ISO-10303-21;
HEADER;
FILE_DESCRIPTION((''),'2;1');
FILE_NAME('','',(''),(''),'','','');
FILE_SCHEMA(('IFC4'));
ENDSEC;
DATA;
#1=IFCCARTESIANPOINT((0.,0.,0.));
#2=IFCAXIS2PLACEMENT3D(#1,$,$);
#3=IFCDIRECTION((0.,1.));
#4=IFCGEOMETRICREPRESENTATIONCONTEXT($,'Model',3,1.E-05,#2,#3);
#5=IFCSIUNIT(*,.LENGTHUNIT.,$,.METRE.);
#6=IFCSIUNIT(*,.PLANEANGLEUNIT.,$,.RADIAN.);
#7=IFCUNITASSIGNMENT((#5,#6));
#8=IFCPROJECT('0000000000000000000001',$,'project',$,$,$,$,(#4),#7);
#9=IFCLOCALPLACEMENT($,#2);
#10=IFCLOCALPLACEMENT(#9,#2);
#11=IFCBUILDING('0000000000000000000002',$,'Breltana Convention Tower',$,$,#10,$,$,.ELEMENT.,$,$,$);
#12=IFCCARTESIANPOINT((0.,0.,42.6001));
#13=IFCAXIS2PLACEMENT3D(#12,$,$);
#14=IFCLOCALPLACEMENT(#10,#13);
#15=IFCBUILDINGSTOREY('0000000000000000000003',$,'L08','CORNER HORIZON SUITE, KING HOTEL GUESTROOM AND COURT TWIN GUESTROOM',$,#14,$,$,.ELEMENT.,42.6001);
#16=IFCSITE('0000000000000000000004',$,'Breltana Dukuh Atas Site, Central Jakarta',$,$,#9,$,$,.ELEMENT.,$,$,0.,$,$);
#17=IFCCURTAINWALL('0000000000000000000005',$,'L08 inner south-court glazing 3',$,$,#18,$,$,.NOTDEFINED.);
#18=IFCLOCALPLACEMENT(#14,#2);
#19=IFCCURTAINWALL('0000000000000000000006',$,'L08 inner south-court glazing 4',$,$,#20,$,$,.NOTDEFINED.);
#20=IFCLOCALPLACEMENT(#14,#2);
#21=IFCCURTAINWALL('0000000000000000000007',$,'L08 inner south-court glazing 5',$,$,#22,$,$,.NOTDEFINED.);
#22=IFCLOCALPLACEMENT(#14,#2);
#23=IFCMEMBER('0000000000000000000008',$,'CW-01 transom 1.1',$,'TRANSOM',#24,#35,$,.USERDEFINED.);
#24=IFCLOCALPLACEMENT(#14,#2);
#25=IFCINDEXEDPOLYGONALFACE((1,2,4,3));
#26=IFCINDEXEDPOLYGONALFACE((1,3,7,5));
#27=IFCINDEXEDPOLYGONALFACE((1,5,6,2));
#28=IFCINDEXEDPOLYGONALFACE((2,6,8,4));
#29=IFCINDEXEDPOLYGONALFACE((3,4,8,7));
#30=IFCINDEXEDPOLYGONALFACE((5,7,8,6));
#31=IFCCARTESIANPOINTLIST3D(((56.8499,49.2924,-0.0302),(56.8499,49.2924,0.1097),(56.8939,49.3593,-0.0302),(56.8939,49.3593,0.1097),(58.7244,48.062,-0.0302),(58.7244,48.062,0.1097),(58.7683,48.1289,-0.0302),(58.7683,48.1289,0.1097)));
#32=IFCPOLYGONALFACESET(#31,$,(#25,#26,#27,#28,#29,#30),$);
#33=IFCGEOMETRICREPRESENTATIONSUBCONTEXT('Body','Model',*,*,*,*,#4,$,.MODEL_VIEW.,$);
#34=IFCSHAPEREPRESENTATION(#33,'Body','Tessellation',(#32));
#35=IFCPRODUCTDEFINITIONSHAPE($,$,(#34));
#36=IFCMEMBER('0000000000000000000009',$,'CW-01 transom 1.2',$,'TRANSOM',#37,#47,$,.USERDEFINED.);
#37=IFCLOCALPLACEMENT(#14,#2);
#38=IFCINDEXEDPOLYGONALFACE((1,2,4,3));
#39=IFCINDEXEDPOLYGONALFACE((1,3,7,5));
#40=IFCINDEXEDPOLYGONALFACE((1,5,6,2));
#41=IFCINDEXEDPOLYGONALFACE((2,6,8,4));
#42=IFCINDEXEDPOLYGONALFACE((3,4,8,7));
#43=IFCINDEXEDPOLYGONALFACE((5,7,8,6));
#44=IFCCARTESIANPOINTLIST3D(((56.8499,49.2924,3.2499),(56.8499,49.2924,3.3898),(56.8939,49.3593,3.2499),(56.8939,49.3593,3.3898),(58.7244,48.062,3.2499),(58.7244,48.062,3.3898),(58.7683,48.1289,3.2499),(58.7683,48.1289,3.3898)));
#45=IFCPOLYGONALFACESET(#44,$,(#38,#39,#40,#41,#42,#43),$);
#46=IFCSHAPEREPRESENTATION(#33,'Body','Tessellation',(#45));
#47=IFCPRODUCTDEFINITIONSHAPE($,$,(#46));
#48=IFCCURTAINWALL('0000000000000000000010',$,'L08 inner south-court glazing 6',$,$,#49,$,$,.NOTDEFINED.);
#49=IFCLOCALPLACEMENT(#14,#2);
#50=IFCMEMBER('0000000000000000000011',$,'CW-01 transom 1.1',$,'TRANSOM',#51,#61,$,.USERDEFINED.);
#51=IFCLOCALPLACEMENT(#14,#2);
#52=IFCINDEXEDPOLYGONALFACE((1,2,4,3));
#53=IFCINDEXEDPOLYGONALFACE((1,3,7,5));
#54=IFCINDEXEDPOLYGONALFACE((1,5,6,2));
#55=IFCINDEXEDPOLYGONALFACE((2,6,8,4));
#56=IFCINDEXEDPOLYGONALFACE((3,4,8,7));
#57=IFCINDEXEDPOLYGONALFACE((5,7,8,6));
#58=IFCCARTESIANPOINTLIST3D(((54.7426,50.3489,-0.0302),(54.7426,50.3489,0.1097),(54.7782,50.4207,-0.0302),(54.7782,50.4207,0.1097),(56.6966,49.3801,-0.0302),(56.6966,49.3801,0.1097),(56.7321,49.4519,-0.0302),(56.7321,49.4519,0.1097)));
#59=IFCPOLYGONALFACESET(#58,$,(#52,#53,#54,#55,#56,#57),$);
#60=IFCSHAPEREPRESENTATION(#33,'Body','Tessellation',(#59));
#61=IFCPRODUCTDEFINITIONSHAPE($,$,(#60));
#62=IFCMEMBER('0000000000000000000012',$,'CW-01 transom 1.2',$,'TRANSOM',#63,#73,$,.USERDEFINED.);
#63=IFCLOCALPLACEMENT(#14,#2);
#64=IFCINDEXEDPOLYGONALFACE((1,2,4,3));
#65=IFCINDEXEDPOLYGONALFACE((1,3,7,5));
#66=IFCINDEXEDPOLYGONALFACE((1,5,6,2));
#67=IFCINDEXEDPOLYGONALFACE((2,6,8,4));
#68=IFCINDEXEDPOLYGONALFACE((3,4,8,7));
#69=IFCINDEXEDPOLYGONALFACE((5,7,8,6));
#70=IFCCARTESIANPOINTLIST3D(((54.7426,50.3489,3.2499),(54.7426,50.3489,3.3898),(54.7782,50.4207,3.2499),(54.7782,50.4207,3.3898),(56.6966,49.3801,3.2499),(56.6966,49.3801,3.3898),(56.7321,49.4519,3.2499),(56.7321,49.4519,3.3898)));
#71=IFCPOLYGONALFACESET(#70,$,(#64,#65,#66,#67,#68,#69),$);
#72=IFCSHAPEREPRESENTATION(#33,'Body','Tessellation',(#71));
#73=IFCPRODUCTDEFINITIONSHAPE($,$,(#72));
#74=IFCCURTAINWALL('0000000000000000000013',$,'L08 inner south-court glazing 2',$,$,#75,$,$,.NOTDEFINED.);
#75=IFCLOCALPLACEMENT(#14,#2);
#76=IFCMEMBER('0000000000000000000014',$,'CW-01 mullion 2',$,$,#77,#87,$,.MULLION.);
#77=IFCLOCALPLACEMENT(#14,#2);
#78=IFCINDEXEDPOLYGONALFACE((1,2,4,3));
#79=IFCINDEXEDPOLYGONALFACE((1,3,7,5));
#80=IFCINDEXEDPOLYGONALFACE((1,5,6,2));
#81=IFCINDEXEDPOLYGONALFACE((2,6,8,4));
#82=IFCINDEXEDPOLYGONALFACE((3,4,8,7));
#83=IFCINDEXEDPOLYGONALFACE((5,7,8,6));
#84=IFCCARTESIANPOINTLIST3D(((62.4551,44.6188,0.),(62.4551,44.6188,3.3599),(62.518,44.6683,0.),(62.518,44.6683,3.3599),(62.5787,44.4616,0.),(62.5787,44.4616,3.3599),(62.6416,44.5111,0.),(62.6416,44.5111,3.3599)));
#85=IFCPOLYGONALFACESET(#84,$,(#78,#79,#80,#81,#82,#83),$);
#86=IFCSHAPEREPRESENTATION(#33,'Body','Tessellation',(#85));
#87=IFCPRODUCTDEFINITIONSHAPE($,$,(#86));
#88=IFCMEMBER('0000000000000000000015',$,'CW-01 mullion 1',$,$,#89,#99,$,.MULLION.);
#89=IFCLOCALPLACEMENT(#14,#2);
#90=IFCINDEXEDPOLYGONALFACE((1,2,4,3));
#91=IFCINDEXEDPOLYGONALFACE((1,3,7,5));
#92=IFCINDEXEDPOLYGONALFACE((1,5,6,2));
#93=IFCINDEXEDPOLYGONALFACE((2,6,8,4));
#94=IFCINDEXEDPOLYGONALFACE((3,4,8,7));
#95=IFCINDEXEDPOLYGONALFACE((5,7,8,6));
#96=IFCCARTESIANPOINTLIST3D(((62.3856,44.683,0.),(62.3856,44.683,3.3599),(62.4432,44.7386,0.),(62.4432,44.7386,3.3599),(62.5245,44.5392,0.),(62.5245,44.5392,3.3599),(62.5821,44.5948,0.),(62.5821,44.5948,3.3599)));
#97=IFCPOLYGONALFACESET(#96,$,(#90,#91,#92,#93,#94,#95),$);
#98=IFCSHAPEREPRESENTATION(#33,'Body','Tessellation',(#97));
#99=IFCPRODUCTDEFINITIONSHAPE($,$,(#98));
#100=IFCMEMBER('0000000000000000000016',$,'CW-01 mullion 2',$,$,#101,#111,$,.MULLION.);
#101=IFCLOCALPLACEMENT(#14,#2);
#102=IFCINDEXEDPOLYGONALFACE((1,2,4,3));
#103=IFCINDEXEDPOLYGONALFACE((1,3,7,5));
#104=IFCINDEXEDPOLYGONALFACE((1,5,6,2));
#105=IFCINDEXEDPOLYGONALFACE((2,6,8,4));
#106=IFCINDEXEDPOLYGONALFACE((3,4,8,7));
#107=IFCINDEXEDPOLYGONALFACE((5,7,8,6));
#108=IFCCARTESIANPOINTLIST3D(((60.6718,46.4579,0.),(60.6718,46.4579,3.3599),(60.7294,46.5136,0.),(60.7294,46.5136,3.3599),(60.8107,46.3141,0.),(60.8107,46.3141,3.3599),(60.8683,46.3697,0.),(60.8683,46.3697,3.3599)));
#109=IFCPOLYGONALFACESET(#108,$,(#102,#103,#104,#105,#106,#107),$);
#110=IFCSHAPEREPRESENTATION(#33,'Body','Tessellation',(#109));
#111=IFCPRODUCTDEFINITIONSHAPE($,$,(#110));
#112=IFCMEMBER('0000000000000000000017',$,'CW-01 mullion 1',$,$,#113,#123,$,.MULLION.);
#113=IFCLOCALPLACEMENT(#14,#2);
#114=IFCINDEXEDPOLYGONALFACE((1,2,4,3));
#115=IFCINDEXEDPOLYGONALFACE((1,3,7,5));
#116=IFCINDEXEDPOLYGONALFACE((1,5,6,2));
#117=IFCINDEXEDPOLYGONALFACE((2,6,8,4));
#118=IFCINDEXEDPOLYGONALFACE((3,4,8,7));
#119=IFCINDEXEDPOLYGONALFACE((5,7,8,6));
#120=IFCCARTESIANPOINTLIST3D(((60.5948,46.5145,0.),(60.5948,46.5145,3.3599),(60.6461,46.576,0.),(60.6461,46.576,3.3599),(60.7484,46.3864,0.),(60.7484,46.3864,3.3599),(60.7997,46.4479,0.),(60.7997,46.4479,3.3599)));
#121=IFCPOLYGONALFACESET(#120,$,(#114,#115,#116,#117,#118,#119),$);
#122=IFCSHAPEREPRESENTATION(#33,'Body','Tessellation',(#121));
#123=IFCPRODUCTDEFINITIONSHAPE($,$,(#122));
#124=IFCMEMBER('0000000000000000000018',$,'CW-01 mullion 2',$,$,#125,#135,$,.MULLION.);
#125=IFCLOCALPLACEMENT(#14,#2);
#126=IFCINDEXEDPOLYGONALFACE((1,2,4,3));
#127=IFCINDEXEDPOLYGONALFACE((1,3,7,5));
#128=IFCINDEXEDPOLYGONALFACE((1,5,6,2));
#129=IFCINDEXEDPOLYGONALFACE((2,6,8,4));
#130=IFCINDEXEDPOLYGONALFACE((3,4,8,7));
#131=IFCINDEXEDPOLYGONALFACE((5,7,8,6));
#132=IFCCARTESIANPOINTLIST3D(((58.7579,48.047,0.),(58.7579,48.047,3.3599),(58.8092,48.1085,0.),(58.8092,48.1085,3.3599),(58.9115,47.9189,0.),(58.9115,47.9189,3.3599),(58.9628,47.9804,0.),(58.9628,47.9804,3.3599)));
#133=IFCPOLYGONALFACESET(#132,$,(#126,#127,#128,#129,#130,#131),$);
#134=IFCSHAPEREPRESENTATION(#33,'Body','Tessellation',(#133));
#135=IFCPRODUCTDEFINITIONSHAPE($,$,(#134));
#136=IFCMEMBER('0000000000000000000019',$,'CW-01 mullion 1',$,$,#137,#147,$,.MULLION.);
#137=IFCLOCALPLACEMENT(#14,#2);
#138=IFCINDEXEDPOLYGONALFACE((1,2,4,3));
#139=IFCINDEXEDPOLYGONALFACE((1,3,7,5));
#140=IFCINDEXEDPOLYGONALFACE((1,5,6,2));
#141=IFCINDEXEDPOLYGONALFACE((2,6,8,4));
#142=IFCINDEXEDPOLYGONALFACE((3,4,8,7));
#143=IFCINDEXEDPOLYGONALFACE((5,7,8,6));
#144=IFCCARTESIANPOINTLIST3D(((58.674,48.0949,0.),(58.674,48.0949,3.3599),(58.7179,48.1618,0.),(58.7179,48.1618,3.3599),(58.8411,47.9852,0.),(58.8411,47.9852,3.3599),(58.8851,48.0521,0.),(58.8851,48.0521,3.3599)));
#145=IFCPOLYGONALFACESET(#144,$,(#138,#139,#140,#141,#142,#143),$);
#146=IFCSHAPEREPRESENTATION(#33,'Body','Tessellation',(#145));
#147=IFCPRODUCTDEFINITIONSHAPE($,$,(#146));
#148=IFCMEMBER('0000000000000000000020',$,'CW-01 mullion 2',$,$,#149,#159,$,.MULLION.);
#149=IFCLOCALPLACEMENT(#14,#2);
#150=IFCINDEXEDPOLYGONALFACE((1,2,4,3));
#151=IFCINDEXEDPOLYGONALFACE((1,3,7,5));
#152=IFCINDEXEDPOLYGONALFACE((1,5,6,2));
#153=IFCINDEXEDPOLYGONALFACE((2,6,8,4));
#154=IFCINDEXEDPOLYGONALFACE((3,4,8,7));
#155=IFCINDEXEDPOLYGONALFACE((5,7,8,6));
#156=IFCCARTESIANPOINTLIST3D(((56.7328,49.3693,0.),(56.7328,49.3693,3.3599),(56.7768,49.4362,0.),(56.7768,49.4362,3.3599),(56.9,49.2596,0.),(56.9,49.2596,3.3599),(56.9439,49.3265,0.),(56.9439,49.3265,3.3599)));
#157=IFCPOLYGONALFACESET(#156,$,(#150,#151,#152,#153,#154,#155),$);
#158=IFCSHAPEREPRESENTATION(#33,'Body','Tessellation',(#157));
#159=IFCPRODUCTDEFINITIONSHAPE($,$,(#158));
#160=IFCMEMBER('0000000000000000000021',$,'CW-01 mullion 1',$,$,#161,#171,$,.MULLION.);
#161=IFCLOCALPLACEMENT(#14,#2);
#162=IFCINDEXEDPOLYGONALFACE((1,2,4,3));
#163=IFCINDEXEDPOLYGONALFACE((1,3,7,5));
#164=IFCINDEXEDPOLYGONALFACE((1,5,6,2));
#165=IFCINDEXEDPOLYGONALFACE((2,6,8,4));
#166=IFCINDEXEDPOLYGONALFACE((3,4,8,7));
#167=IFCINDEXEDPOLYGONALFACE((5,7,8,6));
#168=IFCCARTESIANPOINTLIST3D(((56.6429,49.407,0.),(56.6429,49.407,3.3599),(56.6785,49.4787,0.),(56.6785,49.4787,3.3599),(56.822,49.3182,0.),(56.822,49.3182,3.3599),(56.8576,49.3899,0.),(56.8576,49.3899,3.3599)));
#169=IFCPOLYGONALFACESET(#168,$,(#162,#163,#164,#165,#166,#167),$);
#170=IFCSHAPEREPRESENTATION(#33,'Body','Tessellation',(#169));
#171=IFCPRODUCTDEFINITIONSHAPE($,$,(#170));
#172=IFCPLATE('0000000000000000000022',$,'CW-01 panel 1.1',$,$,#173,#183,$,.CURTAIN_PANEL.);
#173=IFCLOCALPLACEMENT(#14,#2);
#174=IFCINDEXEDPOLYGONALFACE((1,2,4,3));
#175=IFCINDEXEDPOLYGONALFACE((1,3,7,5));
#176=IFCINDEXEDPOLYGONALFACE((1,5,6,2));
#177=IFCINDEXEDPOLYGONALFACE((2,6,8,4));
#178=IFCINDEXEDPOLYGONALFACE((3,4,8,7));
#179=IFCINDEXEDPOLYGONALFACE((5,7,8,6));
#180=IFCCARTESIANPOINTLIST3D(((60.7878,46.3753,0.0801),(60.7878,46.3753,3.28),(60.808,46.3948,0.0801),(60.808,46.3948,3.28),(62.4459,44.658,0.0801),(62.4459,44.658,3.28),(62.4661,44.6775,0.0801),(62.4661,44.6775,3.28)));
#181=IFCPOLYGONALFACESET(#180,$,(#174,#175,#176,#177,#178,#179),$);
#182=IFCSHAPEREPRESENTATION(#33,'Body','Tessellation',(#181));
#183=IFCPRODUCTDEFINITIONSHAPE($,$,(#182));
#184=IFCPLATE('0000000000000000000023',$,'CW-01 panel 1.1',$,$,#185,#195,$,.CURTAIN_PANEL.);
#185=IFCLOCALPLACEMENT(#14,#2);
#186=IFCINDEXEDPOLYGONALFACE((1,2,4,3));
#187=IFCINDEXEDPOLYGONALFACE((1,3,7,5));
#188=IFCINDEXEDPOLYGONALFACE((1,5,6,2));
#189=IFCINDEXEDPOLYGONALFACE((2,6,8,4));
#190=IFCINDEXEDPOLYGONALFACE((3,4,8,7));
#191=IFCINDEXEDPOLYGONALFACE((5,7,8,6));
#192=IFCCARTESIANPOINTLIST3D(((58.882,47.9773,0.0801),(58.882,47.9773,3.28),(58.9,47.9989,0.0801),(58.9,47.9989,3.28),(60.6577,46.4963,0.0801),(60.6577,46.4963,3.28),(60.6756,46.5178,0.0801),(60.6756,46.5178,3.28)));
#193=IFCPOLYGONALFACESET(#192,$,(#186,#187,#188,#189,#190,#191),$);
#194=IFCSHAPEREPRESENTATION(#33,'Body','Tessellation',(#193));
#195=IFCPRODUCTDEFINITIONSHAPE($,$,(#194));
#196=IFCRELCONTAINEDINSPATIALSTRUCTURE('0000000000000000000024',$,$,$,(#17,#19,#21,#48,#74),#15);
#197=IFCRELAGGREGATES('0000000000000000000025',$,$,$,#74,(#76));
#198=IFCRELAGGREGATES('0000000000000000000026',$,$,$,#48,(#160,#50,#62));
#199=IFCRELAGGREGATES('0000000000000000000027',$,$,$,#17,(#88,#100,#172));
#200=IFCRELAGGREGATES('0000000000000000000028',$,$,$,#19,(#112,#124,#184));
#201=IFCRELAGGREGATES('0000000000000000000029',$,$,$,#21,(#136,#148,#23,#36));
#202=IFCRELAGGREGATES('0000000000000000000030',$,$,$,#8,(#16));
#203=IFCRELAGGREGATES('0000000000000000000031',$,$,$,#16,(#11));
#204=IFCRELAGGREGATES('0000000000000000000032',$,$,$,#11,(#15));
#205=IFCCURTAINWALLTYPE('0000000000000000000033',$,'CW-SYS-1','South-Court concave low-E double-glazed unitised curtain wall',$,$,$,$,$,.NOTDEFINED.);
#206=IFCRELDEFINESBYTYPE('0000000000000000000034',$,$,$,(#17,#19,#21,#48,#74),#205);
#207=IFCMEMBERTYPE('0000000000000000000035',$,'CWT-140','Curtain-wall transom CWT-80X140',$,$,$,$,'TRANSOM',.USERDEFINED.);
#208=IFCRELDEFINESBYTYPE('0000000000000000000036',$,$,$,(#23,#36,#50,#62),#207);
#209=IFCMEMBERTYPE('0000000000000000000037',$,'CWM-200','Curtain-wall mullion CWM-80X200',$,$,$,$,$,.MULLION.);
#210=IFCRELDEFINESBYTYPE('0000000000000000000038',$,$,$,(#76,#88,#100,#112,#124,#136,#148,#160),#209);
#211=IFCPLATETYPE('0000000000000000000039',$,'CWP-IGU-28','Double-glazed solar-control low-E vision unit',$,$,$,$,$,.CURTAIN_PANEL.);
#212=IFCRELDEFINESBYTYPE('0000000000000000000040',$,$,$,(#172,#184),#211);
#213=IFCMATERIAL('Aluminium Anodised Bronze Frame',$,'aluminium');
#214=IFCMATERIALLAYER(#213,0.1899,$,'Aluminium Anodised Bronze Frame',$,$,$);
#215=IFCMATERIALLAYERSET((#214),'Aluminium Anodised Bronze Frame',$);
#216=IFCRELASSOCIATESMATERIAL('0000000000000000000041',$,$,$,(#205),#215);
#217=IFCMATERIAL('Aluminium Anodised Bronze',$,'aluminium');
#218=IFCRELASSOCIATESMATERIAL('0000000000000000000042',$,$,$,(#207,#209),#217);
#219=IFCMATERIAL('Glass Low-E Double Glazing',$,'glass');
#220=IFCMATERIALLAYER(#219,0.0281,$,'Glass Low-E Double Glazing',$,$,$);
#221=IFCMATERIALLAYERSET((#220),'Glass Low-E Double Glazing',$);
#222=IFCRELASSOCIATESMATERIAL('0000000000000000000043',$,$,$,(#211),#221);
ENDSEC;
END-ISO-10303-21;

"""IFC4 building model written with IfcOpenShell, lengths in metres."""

from ifc_helpers import new_model, si_unit, direction, frame, origin, origin_2d, place, context, subcontext, project, spatial, rectangle, extrude, source, transform, mapped, material, layer, layer_set, material_profile, profile_set, type_object, element, aggregate, save


model = new_model("IFC4")

# Units and contexts
model_context = context("Model", 3, precision=1e-05, world=origin(), true_north=direction((0.0, 1.0)))
body_context = subcontext(model_context, "Body", "Model", "MODEL_VIEW")
ifc_project = project(units=[si_unit("LENGTHUNIT", "METRE"), si_unit("PLANEANGLEUNIT", "RADIAN")], contexts=[model_context])

# Site, building, storey
site_placement = place(None, origin())
site = spatial("IfcSite", under=ifc_project, at=site_placement, Name="Breltana Dukuh Atas Site, Central Jakarta", CompositionType="ELEMENT", RefElevation=0.0)
building_placement = place(site_placement, origin())
building = spatial("IfcBuilding", under=site, at=building_placement, Name="Breltana Convention Tower", CompositionType="ELEMENT")
storey_placement = place(building_placement, frame((0.0, 0.0, 42.6001)))
storey = spatial("IfcBuildingStorey", under=building, at=storey_placement, Name="L08", Description="CORNER HORIZON SUITE, KING HOTEL GUESTROOM AND COURT TWIN GUESTROOM", CompositionType="ELEMENT", Elevation=42.6001)

# Curtain walls, members
ifc_material_1 = material(Name="Aluminium Anodised Bronze Frame", Category="aluminium")
ifc_layer_1 = layer(ifc_material_1, 0.1899, Name="Aluminium Anodised Bronze Frame")
ifc_layer_set_1 = layer_set([ifc_layer_1], Name="Aluminium Anodised Bronze Frame")
curtain_wall_type = type_object("IfcCurtainWallType", Name="CW-SYS-1", Description="South-Court concave low-E double-glazed unitised curtain wall", PredefinedType="NOTDEFINED", material=ifc_layer_set_1)
curtain_wall_1_placement = place(storey_placement, origin())
curtain_wall_1 = element("IfcCurtainWall", 1, at=curtain_wall_1_placement, inside=storey, type_object=curtain_wall_type, Name="L08 inner south-court glazing 3", PredefinedType="NOTDEFINED")
ifc_material_2 = material(Name="Aluminium Anodised Bronze", Category="aluminium")
ifc_material_profile_1 = material_profile(ifc_material_2, rectangle(XDim=0.0801, YDim=0.1399, at=origin_2d()), Name="CWT-80X140")
ifc_profile_set_1 = profile_set([ifc_material_profile_1], Name="Aluminium Anodised Bronze")
member_type_1 = type_object("IfcMemberType", Name="CWT-140", Description="Curtain-wall transom CWT-80X140", ElementType="TRANSOM", PredefinedType="USERDEFINED", material=ifc_profile_set_1)
curtain_wall_2_placement = place(storey_placement, origin())
curtain_wall_2 = element("IfcCurtainWall", 2, at=curtain_wall_2_placement, inside=storey, type_object=curtain_wall_type, Name="L08 inner south-court glazing 4", PredefinedType="NOTDEFINED")
curtain_wall_3_placement = place(storey_placement, origin())
curtain_wall_3 = element("IfcCurtainWall", 3, at=curtain_wall_3_placement, inside=storey, type_object=curtain_wall_type, Name="L08 inner south-court glazing 5", PredefinedType="NOTDEFINED")
shared_shape_1 = source(origin(), body_context, "Body", "SweptSolid", [
    extrude(rectangle(XDim=0.0801, YDim=0.1399, at=origin_2d()), origin(), (0.0, 0.0, 1.0), 2.2422),
])
member_1_placement = place(storey_placement, frame((58.7463, 48.0955, 0.0398), z_axis=(-0.835982, 0.548756, 0.0), x_axis=(-0.548756, -0.835982, 0.0)))
member_1 = element("IfcMember", 4, at=member_1_placement, type_object=member_type_1, Name="CW-01 transom 1.1", ObjectType="TRANSOM", PredefinedType="USERDEFINED", context=body_context, shape_type="MappedRepresentation", body=[
    mapped(shared_shape_1, transform((0.0, 0.0, 0.0), scale=1.0)),
])
member_2_placement = place(storey_placement, frame((58.7463, 48.0955, 3.3198), z_axis=(-0.835982, 0.548756, 0.0), x_axis=(-0.548756, -0.835982, 0.0)))
member_2 = element("IfcMember", 5, at=member_2_placement, type_object=member_type_1, Name="CW-01 transom 1.2", ObjectType="TRANSOM", PredefinedType="USERDEFINED", context=body_context, shape_type="MappedRepresentation", body=[
    mapped(shared_shape_1, transform((0.0, 0.0, 0.0), scale=1.0)),
])
curtain_wall_4_placement = place(storey_placement, origin())
curtain_wall_4 = element("IfcCurtainWall", 6, at=curtain_wall_4_placement, inside=storey, type_object=curtain_wall_type, Name="L08 inner south-court glazing 6", PredefinedType="NOTDEFINED")
shared_shape_2 = source(origin(), body_context, "Body", "SweptSolid", [
    extrude(rectangle(XDim=0.0801, YDim=0.1399, at=origin_2d()), origin(), (0.0, 0.0, 1.0), 2.1809),
])
member_3_placement = place(storey_placement, frame((56.7144, 49.416, 0.0398), z_axis=(-0.895922, 0.444211, 0.0), x_axis=(-0.444211, -0.895922, 0.0)))
member_3 = element("IfcMember", 7, at=member_3_placement, type_object=member_type_1, Name="CW-01 transom 1.1", ObjectType="TRANSOM", PredefinedType="USERDEFINED", context=body_context, shape_type="MappedRepresentation", body=[
    mapped(shared_shape_2, transform((0.0, 0.0, 0.0), scale=1.0)),
])
member_4_placement = place(storey_placement, frame((56.7144, 49.416, 3.3198), z_axis=(-0.895922, 0.444211, 0.0), x_axis=(-0.444211, -0.895922, 0.0)))
member_4 = element("IfcMember", 8, at=member_4_placement, type_object=member_type_1, Name="CW-01 transom 1.2", ObjectType="TRANSOM", PredefinedType="USERDEFINED", context=body_context, shape_type="MappedRepresentation", body=[
    mapped(shared_shape_2, transform((0.0, 0.0, 0.0), scale=1.0)),
])

# Curtain wall, member
curtain_wall_5_placement = place(storey_placement, origin())
curtain_wall_5 = element("IfcCurtainWall", 9, at=curtain_wall_5_placement, inside=storey, type_object=curtain_wall_type, Name="L08 inner south-court glazing 2", PredefinedType="NOTDEFINED")
ifc_material_profile_2 = material_profile(ifc_material_2, rectangle(XDim=0.0801, YDim=0.2, at=origin_2d()), Name="CWM-80X200")
ifc_profile_set_2 = profile_set([ifc_material_profile_2], Name="Aluminium Anodised Bronze")
member_type_2 = type_object("IfcMemberType", Name="CWM-200", Description="Curtain-wall mullion CWM-80X200", PredefinedType="MULLION", material=ifc_profile_set_2)
shared_shape_3 = source(origin(), body_context, "Body", "SweptSolid", [
    extrude(rectangle(XDim=0.0801, YDim=0.2, at=origin_2d()), origin(), (0.0, 0.0, 1.0), 3.3599),
])
member_5_placement = place(storey_placement, frame((62.5483, 44.5649, 0.0), z_axis=(0.0, 0.0, 1.0), x_axis=(-0.786058, -0.618153, 0.0)))
member_5 = element("IfcMember", 10, at=member_5_placement, type_object=member_type_2, Name="CW-01 mullion 2", PredefinedType="MULLION", context=body_context, shape_type="MappedRepresentation", body=[
    mapped(shared_shape_3, transform((0.0, 0.0, 0.0), scale=1.0)),
])
aggregate(curtain_wall_5, [member_5])

# Members
member_6_placement = place(storey_placement, frame((62.4839, 44.6389, 0.0), z_axis=(0.0, 0.0, 1.0), x_axis=(-0.719385, -0.694612, 0.0)))
member_6 = element("IfcMember", 11, at=member_6_placement, type_object=member_type_2, Name="CW-01 mullion 1", PredefinedType="MULLION", context=body_context, shape_type="MappedRepresentation", body=[
    mapped(shared_shape_3, transform((0.0, 0.0, 0.0), scale=1.0)),
])
member_7_placement = place(storey_placement, frame((60.77, 46.4138, 0.0), z_axis=(0.0, 0.0, 1.0), x_axis=(-0.719385, -0.694612, 0.0)))
member_7 = element("IfcMember", 12, at=member_7_placement, type_object=member_type_2, Name="CW-01 mullion 2", PredefinedType="MULLION", context=body_context, shape_type="MappedRepresentation", body=[
    mapped(shared_shape_3, transform((0.0, 0.0, 0.0), scale=1.0)),
])
member_8_placement = place(storey_placement, frame((60.6973, 46.4812, 0.0), z_axis=(0.0, 0.0, 1.0), x_axis=(-0.640523, -0.767939, 0.0)))
member_8 = element("IfcMember", 13, at=member_8_placement, type_object=member_type_2, Name="CW-01 mullion 1", PredefinedType="MULLION", context=body_context, shape_type="MappedRepresentation", body=[
    mapped(shared_shape_3, transform((0.0, 0.0, 0.0), scale=1.0)),
])
member_9_placement = place(storey_placement, frame((58.8604, 48.0137, 0.0), z_axis=(0.0, 0.0, 1.0), x_axis=(-0.640523, -0.767939, 0.0)))
member_9 = element("IfcMember", 14, at=member_9_placement, type_object=member_type_2, Name="CW-01 mullion 2", PredefinedType="MULLION", context=body_context, shape_type="MappedRepresentation", body=[
    mapped(shared_shape_3, transform((0.0, 0.0, 0.0), scale=1.0)),
])
member_10_placement = place(storey_placement, frame((58.7795, 48.0735, 0.0), z_axis=(0.0, 0.0, 1.0), x_axis=(-0.548778, -0.835968, 0.0)))
member_10 = element("IfcMember", 15, at=member_10_placement, type_object=member_type_2, Name="CW-01 mullion 1", PredefinedType="MULLION", context=body_context, shape_type="MappedRepresentation", body=[
    mapped(shared_shape_3, transform((0.0, 0.0, 0.0), scale=1.0)),
])
member_11_placement = place(storey_placement, frame((56.8384, 49.3479, 0.0), z_axis=(0.0, 0.0, 1.0), x_axis=(-0.548778, -0.835968, 0.0)))
member_11 = element("IfcMember", 16, at=member_11_placement, type_object=member_type_2, Name="CW-01 mullion 2", PredefinedType="MULLION", context=body_context, shape_type="MappedRepresentation", body=[
    mapped(shared_shape_3, transform((0.0, 0.0, 0.0), scale=1.0)),
])
member_12_placement = place(storey_placement, frame((56.7502, 49.3984, 0.0), z_axis=(0.0, 0.0, 1.0), x_axis=(-0.444118, -0.895968, 0.0)))
member_12 = element("IfcMember", 17, at=member_12_placement, type_object=member_type_2, Name="CW-01 mullion 1", PredefinedType="MULLION", context=body_context, shape_type="MappedRepresentation", body=[
    mapped(shared_shape_3, transform((0.0, 0.0, 0.0), scale=1.0)),
])
aggregate(curtain_wall_4, [member_12, member_3, member_4])

# Plates
ifc_material_3 = material(Name="Glass Low-E Double Glazing", Category="glass")
ifc_layer_2 = layer(ifc_material_3, 0.0281, Name="Glass Low-E Double Glazing")
ifc_layer_set_2 = layer_set([ifc_layer_2], Name="Glass Low-E Double Glazing")
plate_type = type_object("IfcPlateType", Name="CWP-IGU-28", Description="Double-glazed solar-control low-E vision unit", PredefinedType="CURTAIN_PANEL", material=ifc_layer_set_2)
shared_shape_4 = source(origin(), body_context, "Body", "SweptSolid", [
    extrude(rectangle(XDim=2.3872, YDim=0.0281, at=origin_2d()), origin(), (0.0, 0.0, 1.0), 3.2),
])
plate_1_placement = place(storey_placement, frame((61.627, 45.5264, 0.0801), z_axis=(0.0, 0.0, 1.0), x_axis=(-0.694612, 0.719385, 0.0)))
plate_1 = element("IfcPlate", 18, at=plate_1_placement, type_object=plate_type, Name="CW-01 panel 1.1", PredefinedType="CURTAIN_PANEL", context=body_context, shape_type="MappedRepresentation", body=[
    mapped(shared_shape_4, transform((0.0, 0.0, 0.0), scale=1.0)),
])
aggregate(curtain_wall_1, [member_6, member_7, plate_1])
shared_shape_5 = source(origin(), body_context, "Body", "SweptSolid", [
    extrude(rectangle(XDim=2.3123, YDim=0.0281, at=origin_2d()), origin(), (0.0, 0.0, 1.0), 3.2),
])
plate_2_placement = place(storey_placement, frame((59.7788, 47.2476, 0.0801), z_axis=(0.0, 0.0, 1.0), x_axis=(-0.767939, 0.640523, 0.0)))
plate_2 = element("IfcPlate", 19, at=plate_2_placement, type_object=plate_type, Name="CW-01 panel 1.1", PredefinedType="CURTAIN_PANEL", context=body_context, shape_type="MappedRepresentation", body=[
    mapped(shared_shape_5, transform((0.0, 0.0, 0.0), scale=1.0)),
])
aggregate(curtain_wall_2, [member_8, member_9, plate_2])
aggregate(curtain_wall_3, [member_10, member_11, member_1, member_2])

save(model, "model.ifc")
